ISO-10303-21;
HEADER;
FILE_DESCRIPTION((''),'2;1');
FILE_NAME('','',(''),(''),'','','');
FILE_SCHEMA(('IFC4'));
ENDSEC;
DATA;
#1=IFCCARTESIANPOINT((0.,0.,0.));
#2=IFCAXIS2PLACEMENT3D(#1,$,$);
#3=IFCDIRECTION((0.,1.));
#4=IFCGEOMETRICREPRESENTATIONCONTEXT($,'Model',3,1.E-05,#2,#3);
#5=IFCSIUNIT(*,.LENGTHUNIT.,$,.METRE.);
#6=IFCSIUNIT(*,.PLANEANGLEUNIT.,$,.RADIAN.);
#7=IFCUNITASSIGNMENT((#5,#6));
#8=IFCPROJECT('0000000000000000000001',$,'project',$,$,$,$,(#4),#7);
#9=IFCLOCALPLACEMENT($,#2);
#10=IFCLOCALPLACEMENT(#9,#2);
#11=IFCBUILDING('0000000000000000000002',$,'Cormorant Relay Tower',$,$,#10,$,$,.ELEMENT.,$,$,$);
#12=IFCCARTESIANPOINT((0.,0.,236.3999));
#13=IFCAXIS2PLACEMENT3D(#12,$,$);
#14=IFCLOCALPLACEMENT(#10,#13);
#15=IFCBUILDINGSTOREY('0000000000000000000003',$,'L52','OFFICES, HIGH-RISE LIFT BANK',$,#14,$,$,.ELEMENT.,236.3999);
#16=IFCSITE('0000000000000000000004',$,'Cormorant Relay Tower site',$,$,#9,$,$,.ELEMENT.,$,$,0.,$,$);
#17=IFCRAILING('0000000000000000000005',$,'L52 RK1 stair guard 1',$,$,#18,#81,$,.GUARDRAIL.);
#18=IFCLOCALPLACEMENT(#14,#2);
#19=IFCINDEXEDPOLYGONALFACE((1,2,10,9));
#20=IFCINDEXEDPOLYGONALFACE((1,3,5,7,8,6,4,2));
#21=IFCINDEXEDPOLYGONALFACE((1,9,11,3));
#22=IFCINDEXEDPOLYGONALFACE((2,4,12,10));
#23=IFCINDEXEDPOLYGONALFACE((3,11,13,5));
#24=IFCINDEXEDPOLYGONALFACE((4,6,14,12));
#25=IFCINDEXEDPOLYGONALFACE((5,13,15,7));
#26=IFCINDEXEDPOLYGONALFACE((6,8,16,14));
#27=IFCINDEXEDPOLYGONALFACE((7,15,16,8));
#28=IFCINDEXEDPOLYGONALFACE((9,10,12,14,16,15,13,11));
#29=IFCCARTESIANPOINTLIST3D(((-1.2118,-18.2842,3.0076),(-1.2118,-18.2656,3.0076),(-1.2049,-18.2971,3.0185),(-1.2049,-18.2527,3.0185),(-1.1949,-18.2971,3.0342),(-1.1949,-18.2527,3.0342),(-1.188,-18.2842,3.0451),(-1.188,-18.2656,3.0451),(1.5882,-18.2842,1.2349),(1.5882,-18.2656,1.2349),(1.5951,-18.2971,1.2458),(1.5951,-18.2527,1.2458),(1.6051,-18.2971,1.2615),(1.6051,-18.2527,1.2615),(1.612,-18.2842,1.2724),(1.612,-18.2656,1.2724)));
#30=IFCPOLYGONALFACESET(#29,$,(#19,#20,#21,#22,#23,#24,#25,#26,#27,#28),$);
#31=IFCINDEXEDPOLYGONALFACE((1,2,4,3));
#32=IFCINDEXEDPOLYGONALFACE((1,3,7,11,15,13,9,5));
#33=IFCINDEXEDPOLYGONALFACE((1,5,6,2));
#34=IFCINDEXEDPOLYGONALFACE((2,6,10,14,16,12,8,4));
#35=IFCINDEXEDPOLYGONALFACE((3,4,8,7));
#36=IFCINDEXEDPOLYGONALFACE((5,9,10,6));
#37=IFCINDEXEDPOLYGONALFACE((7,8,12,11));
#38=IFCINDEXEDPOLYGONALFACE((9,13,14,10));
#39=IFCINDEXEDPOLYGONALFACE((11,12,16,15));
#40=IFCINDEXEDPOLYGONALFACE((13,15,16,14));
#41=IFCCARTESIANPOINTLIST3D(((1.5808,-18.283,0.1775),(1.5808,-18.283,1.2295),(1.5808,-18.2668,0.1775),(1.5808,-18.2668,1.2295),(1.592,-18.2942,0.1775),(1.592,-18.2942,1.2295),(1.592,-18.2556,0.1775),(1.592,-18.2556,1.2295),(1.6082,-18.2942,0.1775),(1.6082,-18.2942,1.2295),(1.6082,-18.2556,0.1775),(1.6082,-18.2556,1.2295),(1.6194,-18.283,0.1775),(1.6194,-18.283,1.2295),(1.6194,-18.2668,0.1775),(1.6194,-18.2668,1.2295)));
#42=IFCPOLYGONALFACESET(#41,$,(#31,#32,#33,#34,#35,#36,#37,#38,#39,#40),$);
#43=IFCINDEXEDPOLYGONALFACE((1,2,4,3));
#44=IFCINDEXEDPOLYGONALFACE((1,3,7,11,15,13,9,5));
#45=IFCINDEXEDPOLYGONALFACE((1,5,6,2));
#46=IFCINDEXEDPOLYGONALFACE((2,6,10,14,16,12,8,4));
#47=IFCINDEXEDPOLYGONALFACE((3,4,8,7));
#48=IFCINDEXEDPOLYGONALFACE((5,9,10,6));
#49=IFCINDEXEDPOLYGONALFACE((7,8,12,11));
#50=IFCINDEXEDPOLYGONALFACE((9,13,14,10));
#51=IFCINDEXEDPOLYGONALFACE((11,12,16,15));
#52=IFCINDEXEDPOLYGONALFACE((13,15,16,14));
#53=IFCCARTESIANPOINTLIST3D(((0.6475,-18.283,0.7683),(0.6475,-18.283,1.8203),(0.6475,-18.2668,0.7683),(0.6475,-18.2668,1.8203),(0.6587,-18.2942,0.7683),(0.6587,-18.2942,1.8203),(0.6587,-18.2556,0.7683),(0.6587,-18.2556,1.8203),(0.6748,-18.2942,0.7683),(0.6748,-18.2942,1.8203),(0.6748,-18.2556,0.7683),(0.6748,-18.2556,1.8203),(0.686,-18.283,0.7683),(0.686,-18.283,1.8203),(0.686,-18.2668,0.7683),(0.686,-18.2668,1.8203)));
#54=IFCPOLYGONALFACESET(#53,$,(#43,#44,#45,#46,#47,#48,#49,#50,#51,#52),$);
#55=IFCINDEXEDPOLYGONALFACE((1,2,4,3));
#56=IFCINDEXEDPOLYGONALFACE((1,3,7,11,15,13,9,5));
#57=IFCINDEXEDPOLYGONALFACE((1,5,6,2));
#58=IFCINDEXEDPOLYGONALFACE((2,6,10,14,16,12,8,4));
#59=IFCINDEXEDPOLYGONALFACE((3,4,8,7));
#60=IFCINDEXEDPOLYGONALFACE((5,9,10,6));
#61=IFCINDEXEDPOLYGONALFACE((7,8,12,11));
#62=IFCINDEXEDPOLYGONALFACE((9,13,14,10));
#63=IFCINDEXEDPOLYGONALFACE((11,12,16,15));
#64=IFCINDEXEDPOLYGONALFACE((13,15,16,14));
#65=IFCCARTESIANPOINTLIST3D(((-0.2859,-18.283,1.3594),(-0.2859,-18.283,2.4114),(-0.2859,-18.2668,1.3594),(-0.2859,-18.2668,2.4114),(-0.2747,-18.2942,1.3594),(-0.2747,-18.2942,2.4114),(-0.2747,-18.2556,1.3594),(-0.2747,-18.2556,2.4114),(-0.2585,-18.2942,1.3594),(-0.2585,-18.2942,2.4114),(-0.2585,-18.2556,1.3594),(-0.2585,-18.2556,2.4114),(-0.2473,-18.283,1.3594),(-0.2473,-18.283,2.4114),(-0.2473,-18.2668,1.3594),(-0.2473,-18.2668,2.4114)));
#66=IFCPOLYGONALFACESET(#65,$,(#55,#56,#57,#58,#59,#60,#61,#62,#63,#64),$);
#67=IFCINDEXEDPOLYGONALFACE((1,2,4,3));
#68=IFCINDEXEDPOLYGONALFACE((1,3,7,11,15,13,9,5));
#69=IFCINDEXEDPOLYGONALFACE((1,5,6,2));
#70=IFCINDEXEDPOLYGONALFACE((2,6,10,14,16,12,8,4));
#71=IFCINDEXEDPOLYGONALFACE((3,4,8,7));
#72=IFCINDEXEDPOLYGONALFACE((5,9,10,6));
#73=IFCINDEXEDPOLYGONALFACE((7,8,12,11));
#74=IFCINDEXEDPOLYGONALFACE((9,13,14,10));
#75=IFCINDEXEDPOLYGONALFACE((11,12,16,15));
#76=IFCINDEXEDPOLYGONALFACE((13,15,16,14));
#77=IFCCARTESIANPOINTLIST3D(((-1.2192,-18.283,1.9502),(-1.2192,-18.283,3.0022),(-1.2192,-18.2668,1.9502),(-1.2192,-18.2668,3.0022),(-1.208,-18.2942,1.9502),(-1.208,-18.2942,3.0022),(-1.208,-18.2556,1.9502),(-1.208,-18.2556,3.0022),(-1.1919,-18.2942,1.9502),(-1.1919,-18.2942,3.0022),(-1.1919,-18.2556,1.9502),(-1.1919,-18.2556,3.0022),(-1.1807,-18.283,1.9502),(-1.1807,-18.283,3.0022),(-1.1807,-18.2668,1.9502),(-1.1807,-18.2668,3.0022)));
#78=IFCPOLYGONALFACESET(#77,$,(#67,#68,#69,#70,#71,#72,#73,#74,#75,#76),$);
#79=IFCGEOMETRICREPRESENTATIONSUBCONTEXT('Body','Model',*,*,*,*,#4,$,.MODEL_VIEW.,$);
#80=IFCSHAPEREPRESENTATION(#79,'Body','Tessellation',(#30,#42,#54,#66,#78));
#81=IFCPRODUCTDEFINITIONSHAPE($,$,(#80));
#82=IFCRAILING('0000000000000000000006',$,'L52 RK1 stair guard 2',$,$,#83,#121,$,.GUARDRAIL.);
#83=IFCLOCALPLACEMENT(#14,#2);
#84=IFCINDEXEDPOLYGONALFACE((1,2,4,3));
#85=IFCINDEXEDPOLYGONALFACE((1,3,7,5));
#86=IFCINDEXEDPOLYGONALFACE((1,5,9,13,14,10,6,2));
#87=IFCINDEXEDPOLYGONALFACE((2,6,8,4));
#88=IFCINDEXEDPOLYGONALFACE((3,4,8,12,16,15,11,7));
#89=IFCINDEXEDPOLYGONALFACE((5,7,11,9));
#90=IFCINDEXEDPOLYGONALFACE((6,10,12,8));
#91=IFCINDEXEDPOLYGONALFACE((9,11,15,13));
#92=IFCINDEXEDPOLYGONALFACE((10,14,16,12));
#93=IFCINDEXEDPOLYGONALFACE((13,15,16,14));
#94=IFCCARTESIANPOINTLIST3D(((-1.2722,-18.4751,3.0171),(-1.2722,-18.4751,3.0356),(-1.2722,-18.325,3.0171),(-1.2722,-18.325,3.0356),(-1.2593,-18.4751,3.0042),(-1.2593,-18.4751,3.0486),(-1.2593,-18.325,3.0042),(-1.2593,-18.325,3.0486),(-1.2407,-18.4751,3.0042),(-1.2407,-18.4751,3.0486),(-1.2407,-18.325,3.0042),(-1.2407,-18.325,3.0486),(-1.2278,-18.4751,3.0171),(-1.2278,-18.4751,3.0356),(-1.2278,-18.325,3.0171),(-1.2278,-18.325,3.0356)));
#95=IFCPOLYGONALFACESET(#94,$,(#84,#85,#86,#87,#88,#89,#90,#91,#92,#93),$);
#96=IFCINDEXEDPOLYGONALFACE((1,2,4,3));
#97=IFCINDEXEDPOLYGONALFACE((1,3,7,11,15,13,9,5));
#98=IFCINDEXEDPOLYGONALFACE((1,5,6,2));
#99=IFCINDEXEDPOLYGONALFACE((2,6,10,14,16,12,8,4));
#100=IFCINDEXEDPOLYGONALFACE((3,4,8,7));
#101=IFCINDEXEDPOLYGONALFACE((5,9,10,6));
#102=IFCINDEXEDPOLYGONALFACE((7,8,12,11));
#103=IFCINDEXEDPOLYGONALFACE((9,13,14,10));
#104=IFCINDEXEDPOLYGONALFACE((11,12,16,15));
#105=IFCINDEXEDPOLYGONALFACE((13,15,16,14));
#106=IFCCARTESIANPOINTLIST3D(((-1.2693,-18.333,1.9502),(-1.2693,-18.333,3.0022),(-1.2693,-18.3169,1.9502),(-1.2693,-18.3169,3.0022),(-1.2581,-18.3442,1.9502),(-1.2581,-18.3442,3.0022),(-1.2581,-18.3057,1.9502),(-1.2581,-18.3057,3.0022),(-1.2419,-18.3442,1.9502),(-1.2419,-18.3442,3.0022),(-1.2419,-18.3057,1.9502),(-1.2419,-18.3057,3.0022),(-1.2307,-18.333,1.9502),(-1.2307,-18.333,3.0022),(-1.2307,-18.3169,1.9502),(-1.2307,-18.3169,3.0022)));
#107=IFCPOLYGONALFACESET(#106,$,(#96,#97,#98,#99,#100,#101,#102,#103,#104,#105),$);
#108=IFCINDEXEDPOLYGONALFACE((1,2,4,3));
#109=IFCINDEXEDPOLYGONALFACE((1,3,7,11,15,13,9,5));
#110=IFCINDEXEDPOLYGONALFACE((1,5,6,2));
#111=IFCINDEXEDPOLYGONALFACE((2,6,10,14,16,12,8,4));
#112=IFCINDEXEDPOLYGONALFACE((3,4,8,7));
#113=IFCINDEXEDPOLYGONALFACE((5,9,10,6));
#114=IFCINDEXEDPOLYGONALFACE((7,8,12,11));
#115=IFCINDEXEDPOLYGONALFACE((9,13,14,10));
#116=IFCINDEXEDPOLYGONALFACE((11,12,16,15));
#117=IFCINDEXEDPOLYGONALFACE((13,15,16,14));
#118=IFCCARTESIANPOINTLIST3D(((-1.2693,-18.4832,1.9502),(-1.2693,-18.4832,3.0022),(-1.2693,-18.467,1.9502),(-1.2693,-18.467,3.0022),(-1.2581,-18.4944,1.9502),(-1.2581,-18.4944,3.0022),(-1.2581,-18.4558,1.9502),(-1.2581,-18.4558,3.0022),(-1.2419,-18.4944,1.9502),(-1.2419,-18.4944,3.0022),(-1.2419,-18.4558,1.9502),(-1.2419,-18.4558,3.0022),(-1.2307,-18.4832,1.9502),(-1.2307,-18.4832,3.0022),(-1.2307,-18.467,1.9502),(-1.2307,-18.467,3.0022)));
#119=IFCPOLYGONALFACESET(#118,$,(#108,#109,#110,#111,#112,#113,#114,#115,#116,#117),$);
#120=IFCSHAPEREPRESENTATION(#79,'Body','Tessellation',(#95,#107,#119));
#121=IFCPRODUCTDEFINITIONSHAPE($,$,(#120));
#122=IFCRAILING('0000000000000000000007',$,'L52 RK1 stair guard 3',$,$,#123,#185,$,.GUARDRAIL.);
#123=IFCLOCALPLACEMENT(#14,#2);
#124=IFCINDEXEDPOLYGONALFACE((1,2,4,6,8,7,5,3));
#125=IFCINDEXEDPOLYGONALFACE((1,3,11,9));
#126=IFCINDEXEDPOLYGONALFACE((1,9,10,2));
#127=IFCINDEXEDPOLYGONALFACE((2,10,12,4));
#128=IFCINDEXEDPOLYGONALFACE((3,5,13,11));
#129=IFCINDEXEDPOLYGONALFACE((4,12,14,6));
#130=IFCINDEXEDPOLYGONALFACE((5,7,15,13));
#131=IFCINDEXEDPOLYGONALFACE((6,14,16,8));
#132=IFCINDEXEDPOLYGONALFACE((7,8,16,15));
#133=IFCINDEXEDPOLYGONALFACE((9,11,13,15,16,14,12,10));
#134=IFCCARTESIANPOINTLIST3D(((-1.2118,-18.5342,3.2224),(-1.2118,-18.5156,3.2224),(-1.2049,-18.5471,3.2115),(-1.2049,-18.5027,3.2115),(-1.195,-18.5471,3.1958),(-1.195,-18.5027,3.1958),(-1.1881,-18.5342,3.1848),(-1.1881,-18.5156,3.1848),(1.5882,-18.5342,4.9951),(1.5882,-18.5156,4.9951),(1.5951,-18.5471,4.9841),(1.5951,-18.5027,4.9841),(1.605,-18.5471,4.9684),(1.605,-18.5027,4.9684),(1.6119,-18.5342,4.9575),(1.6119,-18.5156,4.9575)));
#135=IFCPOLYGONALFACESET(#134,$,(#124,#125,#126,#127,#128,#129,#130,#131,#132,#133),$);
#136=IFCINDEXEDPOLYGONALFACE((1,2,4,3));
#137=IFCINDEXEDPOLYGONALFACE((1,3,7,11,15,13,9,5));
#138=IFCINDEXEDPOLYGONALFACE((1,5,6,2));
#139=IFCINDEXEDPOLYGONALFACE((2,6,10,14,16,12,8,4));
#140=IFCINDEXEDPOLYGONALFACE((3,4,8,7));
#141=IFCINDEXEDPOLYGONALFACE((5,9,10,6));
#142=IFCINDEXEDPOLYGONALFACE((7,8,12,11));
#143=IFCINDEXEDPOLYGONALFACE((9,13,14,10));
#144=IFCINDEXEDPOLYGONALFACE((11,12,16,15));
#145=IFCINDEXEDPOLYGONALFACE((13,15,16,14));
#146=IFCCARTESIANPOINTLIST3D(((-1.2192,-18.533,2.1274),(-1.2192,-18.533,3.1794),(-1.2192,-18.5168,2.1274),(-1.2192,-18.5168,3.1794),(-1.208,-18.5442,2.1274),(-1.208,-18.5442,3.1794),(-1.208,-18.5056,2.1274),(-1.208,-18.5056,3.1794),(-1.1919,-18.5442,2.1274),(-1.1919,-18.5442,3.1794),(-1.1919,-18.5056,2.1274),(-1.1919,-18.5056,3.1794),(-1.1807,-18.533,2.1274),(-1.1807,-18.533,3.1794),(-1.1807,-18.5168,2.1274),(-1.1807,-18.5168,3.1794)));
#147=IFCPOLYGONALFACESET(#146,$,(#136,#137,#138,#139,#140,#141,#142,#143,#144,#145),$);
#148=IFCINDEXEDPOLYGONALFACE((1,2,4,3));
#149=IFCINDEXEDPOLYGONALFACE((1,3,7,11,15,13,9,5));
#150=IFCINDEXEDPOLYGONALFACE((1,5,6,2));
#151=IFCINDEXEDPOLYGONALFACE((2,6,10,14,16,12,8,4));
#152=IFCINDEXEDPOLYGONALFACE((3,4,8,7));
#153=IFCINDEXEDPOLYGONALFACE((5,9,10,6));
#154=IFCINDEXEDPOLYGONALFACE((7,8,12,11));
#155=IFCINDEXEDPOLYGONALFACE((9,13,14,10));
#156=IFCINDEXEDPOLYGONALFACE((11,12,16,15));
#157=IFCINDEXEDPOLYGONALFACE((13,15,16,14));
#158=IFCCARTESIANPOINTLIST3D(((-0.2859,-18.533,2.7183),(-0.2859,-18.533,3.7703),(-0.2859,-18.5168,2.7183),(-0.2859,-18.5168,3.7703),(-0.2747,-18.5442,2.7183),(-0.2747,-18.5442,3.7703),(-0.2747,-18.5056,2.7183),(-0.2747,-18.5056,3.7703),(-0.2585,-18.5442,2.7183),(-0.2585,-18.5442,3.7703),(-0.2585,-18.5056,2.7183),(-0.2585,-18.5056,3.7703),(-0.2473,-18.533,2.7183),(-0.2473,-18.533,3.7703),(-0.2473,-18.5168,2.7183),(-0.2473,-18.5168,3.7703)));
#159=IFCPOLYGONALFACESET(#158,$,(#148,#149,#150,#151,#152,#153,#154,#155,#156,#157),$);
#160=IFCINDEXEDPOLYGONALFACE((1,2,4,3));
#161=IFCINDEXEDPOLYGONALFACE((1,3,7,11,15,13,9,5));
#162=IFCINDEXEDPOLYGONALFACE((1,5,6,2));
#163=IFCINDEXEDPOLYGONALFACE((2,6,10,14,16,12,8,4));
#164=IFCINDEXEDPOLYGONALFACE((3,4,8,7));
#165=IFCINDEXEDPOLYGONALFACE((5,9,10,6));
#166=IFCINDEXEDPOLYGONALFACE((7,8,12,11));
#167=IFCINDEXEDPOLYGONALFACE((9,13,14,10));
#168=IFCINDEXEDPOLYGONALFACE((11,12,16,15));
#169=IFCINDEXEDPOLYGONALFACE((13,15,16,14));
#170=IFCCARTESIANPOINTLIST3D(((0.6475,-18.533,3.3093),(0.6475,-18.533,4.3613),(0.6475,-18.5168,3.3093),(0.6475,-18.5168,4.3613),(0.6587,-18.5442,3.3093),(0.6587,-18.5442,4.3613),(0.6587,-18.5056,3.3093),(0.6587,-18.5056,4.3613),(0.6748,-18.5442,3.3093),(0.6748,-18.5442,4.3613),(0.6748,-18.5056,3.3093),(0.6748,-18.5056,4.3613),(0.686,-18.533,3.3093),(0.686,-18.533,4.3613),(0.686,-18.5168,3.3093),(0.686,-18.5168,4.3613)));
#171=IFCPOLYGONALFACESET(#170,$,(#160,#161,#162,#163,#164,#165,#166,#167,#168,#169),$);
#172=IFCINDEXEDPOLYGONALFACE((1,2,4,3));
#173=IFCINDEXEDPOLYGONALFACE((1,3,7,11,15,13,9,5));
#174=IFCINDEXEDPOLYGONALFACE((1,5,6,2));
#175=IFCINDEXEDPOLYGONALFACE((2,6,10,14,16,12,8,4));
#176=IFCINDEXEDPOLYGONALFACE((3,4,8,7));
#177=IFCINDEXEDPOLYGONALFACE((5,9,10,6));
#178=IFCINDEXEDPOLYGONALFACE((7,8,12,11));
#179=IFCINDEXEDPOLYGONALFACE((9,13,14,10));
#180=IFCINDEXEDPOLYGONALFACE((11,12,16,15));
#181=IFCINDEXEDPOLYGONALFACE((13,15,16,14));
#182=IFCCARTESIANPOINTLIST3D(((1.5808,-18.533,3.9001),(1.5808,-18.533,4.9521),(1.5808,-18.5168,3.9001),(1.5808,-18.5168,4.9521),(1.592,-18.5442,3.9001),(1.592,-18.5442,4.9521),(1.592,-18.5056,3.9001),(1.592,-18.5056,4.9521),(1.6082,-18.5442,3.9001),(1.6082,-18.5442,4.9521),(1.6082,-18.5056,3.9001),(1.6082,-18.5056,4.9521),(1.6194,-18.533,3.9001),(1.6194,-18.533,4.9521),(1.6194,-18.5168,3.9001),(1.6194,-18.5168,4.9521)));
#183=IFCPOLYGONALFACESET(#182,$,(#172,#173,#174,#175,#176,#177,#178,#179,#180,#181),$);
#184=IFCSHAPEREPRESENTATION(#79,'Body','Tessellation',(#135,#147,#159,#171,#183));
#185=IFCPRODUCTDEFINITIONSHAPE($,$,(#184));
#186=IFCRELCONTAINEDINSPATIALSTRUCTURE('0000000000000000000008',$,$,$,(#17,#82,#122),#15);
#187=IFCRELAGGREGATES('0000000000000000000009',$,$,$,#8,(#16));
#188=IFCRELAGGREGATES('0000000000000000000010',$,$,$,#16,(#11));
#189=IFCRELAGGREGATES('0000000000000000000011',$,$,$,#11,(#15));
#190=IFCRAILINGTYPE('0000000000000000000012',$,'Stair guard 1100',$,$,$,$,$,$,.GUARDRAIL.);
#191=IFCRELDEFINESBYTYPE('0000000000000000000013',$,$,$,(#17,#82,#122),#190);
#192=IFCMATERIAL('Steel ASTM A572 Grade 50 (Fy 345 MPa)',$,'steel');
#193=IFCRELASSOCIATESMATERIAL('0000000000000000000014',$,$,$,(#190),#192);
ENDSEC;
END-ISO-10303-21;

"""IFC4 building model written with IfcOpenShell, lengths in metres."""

from ifc_helpers import new_model, si_unit, direction, frame, origin, place, context, subcontext, project, spatial, polyline, outline, extrude, material, type_object, element, save


model = new_model("IFC4")

# Units and contexts
model_context = context("Model", 3, precision=1e-05, world=origin(), true_north=direction((0.0, 1.0)))
body_context = subcontext(model_context, "Body", "Model", "MODEL_VIEW")
ifc_project = project(units=[si_unit("LENGTHUNIT", "METRE"), si_unit("PLANEANGLEUNIT", "RADIAN")], contexts=[model_context])

# Site, building, storey
site_placement = place(None, origin())
site = spatial("IfcSite", under=ifc_project, at=site_placement, Name="Cormorant Relay Tower site", CompositionType="ELEMENT", RefElevation=0.0)
building_placement = place(site_placement, origin())
building = spatial("IfcBuilding", under=site, at=building_placement, Name="Cormorant Relay Tower", CompositionType="ELEMENT")
storey_placement = place(building_placement, frame((0.0, 0.0, 236.3999)))
storey = spatial("IfcBuildingStorey", under=building, at=storey_placement, Name="L52", Description="OFFICES, HIGH-RISE LIFT BANK", CompositionType="ELEMENT", Elevation=236.3999)

# Railings
ifc_material_1 = material(Name="Steel ASTM A572 Grade 50 (Fy 345 MPa)", Category="steel")
railing_type_1 = type_object("IfcRailingType", Name="Stair guard 1100", PredefinedType="GUARDRAIL", material=ifc_material_1)
railing_1_placement = place(storey_placement, frame((1.6001, -18.2749, 0.1775)))
element("IfcRailing", 1, at=railing_1_placement, inside=storey, type_object=railing_type_1, Name="L52 RK1 stair guard 1", PredefinedType="GUARDRAIL", context=body_context, shape_type="SweptSolid", body=[
    extrude(outline(polyline([(0.0222, 0.0093), (0.0093, 0.0222), (-0.0093, 0.0222), (-0.0222, 0.0093), (-0.0222, -0.0093), (-0.0093, -0.0222), (0.0093, -0.0222), (0.0222, -0.0093), (0.0222, 0.0093)])), frame((0.0, 0.0, 1.0762), z_axis=(-0.844909, 0.0, 0.53491), x_axis=(0.0, -1.0, 0.0)), (0.0, 0.0, 1.0), 3.314),
    extrude(outline(polyline([(0.0193, 0.0081), (0.0081, 0.0193), (-0.0081, 0.0193), (-0.0193, 0.0081), (-0.0193, -0.0081), (-0.0081, -0.0193), (0.0081, -0.0193), (0.0193, -0.0081), (0.0193, 0.0081)])), origin(), (0.0, 0.0, 1.0), 1.052),
    extrude(outline(polyline([(0.0193, 0.0081), (0.0081, 0.0193), (-0.0081, 0.0193), (-0.0193, 0.0081), (-0.0193, -0.0081), (-0.0081, -0.0193), (0.0081, -0.0193), (0.0193, -0.0081), (0.0193, 0.0081)])), frame((-0.9333, 0.0, 0.5908)), (0.0, 0.0, 1.0), 1.052),
    extrude(outline(polyline([(0.0193, 0.0081), (0.0081, 0.0193), (-0.0081, 0.0193), (-0.0193, 0.0081), (-0.0193, -0.0081), (-0.0081, -0.0193), (0.0081, -0.0193), (0.0193, -0.0081), (0.0193, 0.0081)])), frame((-1.8667, 0.0, 1.1819)), (0.0, 0.0, 1.0), 1.052),
    extrude(outline(polyline([(0.0193, 0.0081), (0.0081, 0.0193), (-0.0081, 0.0193), (-0.0193, 0.0081), (-0.0193, -0.0081), (-0.0081, -0.0193), (0.0081, -0.0193), (0.0193, -0.0081), (0.0193, 0.0081)])), frame((-2.8, 0.0, 1.7727)), (0.0, 0.0, 1.0), 1.052),
])
railing_2_placement = place(storey_placement, frame((-1.25, -18.325, 1.9502)))
element("IfcRailing", 2, at=railing_2_placement, inside=storey, type_object=railing_type_1, Name="L52 RK1 stair guard 2", PredefinedType="GUARDRAIL", context=body_context, shape_type="SweptSolid", body=[
    extrude(outline(polyline([(0.0222, 0.0093), (0.0093, 0.0222), (-0.0093, 0.0222), (-0.0222, 0.0093), (-0.0222, -0.0093), (-0.0093, -0.0222), (0.0093, -0.0222), (0.0222, -0.0093), (0.0222, 0.0093)])), frame((0.0, 0.0, 1.0762), z_axis=(0.0, -1.0, 0.0), x_axis=(1.0, 0.0, 0.0)), (0.0, 0.0, 1.0), 0.1501),
    extrude(outline(polyline([(0.0193, 0.0081), (0.0081, 0.0193), (-0.0081, 0.0193), (-0.0193, 0.0081), (-0.0193, -0.0081), (-0.0081, -0.0193), (0.0081, -0.0193), (0.0193, -0.0081), (0.0193, 0.0081)])), origin(), (0.0, 0.0, 1.0), 1.052),
    extrude(outline(polyline([(0.0193, 0.0081), (0.0081, 0.0193), (-0.0081, 0.0193), (-0.0193, 0.0081), (-0.0193, -0.0081), (-0.0081, -0.0193), (0.0081, -0.0193), (0.0193, -0.0081), (0.0193, 0.0081)])), frame((0.0, -0.1501, 0.0)), (0.0, 0.0, 1.0), 1.052),
])
railing_3_placement = place(storey_placement, frame((-1.2, -18.5249, 2.1274)))
element("IfcRailing", 3, at=railing_3_placement, inside=storey, type_object=railing_type_1, Name="L52 RK1 stair guard 3", PredefinedType="GUARDRAIL", context=body_context, shape_type="SweptSolid", body=[
    extrude(outline(polyline([(0.0222, 0.0093), (0.0093, 0.0222), (-0.0093, 0.0222), (-0.0222, 0.0093), (-0.0222, -0.0093), (-0.0093, -0.0222), (0.0093, -0.0222), (0.0222, -0.0093), (0.0222, 0.0093)])), frame((0.0, 0.0, 1.0762), z_axis=(0.844909, 0.0, 0.53491), x_axis=(0.0, 1.0, 0.0)), (0.0, 0.0, 1.0), 3.314),
    extrude(outline(polyline([(0.0193, 0.0081), (0.0081, 0.0193), (-0.0081, 0.0193), (-0.0193, 0.0081), (-0.0193, -0.0081), (-0.0081, -0.0193), (0.0081, -0.0193), (0.0193, -0.0081), (0.0193, 0.0081)])), origin(), (0.0, 0.0, 1.0), 1.052),
    extrude(outline(polyline([(0.0193, 0.0081), (0.0081, 0.0193), (-0.0081, 0.0193), (-0.0193, 0.0081), (-0.0193, -0.0081), (-0.0081, -0.0193), (0.0081, -0.0193), (0.0193, -0.0081), (0.0193, 0.0081)])), frame((0.9333, 0.0, 0.5908)), (0.0, 0.0, 1.0), 1.052),
    extrude(outline(polyline([(0.0193, 0.0081), (0.0081, 0.0193), (-0.0081, 0.0193), (-0.0193, 0.0081), (-0.0193, -0.0081), (-0.0081, -0.0193), (0.0081, -0.0193), (0.0193, -0.0081), (0.0193, 0.0081)])), frame((1.8667, 0.0, 1.1819)), (0.0, 0.0, 1.0), 1.052),
    extrude(outline(polyline([(0.0193, 0.0081), (0.0081, 0.0193), (-0.0081, 0.0193), (-0.0193, 0.0081), (-0.0193, -0.0081), (-0.0081, -0.0193), (0.0081, -0.0193), (0.0193, -0.0081), (0.0193, 0.0081)])), frame((2.8, 0.0, 1.7727)), (0.0, 0.0, 1.0), 1.052),
])

save(model, "model.ifc")
